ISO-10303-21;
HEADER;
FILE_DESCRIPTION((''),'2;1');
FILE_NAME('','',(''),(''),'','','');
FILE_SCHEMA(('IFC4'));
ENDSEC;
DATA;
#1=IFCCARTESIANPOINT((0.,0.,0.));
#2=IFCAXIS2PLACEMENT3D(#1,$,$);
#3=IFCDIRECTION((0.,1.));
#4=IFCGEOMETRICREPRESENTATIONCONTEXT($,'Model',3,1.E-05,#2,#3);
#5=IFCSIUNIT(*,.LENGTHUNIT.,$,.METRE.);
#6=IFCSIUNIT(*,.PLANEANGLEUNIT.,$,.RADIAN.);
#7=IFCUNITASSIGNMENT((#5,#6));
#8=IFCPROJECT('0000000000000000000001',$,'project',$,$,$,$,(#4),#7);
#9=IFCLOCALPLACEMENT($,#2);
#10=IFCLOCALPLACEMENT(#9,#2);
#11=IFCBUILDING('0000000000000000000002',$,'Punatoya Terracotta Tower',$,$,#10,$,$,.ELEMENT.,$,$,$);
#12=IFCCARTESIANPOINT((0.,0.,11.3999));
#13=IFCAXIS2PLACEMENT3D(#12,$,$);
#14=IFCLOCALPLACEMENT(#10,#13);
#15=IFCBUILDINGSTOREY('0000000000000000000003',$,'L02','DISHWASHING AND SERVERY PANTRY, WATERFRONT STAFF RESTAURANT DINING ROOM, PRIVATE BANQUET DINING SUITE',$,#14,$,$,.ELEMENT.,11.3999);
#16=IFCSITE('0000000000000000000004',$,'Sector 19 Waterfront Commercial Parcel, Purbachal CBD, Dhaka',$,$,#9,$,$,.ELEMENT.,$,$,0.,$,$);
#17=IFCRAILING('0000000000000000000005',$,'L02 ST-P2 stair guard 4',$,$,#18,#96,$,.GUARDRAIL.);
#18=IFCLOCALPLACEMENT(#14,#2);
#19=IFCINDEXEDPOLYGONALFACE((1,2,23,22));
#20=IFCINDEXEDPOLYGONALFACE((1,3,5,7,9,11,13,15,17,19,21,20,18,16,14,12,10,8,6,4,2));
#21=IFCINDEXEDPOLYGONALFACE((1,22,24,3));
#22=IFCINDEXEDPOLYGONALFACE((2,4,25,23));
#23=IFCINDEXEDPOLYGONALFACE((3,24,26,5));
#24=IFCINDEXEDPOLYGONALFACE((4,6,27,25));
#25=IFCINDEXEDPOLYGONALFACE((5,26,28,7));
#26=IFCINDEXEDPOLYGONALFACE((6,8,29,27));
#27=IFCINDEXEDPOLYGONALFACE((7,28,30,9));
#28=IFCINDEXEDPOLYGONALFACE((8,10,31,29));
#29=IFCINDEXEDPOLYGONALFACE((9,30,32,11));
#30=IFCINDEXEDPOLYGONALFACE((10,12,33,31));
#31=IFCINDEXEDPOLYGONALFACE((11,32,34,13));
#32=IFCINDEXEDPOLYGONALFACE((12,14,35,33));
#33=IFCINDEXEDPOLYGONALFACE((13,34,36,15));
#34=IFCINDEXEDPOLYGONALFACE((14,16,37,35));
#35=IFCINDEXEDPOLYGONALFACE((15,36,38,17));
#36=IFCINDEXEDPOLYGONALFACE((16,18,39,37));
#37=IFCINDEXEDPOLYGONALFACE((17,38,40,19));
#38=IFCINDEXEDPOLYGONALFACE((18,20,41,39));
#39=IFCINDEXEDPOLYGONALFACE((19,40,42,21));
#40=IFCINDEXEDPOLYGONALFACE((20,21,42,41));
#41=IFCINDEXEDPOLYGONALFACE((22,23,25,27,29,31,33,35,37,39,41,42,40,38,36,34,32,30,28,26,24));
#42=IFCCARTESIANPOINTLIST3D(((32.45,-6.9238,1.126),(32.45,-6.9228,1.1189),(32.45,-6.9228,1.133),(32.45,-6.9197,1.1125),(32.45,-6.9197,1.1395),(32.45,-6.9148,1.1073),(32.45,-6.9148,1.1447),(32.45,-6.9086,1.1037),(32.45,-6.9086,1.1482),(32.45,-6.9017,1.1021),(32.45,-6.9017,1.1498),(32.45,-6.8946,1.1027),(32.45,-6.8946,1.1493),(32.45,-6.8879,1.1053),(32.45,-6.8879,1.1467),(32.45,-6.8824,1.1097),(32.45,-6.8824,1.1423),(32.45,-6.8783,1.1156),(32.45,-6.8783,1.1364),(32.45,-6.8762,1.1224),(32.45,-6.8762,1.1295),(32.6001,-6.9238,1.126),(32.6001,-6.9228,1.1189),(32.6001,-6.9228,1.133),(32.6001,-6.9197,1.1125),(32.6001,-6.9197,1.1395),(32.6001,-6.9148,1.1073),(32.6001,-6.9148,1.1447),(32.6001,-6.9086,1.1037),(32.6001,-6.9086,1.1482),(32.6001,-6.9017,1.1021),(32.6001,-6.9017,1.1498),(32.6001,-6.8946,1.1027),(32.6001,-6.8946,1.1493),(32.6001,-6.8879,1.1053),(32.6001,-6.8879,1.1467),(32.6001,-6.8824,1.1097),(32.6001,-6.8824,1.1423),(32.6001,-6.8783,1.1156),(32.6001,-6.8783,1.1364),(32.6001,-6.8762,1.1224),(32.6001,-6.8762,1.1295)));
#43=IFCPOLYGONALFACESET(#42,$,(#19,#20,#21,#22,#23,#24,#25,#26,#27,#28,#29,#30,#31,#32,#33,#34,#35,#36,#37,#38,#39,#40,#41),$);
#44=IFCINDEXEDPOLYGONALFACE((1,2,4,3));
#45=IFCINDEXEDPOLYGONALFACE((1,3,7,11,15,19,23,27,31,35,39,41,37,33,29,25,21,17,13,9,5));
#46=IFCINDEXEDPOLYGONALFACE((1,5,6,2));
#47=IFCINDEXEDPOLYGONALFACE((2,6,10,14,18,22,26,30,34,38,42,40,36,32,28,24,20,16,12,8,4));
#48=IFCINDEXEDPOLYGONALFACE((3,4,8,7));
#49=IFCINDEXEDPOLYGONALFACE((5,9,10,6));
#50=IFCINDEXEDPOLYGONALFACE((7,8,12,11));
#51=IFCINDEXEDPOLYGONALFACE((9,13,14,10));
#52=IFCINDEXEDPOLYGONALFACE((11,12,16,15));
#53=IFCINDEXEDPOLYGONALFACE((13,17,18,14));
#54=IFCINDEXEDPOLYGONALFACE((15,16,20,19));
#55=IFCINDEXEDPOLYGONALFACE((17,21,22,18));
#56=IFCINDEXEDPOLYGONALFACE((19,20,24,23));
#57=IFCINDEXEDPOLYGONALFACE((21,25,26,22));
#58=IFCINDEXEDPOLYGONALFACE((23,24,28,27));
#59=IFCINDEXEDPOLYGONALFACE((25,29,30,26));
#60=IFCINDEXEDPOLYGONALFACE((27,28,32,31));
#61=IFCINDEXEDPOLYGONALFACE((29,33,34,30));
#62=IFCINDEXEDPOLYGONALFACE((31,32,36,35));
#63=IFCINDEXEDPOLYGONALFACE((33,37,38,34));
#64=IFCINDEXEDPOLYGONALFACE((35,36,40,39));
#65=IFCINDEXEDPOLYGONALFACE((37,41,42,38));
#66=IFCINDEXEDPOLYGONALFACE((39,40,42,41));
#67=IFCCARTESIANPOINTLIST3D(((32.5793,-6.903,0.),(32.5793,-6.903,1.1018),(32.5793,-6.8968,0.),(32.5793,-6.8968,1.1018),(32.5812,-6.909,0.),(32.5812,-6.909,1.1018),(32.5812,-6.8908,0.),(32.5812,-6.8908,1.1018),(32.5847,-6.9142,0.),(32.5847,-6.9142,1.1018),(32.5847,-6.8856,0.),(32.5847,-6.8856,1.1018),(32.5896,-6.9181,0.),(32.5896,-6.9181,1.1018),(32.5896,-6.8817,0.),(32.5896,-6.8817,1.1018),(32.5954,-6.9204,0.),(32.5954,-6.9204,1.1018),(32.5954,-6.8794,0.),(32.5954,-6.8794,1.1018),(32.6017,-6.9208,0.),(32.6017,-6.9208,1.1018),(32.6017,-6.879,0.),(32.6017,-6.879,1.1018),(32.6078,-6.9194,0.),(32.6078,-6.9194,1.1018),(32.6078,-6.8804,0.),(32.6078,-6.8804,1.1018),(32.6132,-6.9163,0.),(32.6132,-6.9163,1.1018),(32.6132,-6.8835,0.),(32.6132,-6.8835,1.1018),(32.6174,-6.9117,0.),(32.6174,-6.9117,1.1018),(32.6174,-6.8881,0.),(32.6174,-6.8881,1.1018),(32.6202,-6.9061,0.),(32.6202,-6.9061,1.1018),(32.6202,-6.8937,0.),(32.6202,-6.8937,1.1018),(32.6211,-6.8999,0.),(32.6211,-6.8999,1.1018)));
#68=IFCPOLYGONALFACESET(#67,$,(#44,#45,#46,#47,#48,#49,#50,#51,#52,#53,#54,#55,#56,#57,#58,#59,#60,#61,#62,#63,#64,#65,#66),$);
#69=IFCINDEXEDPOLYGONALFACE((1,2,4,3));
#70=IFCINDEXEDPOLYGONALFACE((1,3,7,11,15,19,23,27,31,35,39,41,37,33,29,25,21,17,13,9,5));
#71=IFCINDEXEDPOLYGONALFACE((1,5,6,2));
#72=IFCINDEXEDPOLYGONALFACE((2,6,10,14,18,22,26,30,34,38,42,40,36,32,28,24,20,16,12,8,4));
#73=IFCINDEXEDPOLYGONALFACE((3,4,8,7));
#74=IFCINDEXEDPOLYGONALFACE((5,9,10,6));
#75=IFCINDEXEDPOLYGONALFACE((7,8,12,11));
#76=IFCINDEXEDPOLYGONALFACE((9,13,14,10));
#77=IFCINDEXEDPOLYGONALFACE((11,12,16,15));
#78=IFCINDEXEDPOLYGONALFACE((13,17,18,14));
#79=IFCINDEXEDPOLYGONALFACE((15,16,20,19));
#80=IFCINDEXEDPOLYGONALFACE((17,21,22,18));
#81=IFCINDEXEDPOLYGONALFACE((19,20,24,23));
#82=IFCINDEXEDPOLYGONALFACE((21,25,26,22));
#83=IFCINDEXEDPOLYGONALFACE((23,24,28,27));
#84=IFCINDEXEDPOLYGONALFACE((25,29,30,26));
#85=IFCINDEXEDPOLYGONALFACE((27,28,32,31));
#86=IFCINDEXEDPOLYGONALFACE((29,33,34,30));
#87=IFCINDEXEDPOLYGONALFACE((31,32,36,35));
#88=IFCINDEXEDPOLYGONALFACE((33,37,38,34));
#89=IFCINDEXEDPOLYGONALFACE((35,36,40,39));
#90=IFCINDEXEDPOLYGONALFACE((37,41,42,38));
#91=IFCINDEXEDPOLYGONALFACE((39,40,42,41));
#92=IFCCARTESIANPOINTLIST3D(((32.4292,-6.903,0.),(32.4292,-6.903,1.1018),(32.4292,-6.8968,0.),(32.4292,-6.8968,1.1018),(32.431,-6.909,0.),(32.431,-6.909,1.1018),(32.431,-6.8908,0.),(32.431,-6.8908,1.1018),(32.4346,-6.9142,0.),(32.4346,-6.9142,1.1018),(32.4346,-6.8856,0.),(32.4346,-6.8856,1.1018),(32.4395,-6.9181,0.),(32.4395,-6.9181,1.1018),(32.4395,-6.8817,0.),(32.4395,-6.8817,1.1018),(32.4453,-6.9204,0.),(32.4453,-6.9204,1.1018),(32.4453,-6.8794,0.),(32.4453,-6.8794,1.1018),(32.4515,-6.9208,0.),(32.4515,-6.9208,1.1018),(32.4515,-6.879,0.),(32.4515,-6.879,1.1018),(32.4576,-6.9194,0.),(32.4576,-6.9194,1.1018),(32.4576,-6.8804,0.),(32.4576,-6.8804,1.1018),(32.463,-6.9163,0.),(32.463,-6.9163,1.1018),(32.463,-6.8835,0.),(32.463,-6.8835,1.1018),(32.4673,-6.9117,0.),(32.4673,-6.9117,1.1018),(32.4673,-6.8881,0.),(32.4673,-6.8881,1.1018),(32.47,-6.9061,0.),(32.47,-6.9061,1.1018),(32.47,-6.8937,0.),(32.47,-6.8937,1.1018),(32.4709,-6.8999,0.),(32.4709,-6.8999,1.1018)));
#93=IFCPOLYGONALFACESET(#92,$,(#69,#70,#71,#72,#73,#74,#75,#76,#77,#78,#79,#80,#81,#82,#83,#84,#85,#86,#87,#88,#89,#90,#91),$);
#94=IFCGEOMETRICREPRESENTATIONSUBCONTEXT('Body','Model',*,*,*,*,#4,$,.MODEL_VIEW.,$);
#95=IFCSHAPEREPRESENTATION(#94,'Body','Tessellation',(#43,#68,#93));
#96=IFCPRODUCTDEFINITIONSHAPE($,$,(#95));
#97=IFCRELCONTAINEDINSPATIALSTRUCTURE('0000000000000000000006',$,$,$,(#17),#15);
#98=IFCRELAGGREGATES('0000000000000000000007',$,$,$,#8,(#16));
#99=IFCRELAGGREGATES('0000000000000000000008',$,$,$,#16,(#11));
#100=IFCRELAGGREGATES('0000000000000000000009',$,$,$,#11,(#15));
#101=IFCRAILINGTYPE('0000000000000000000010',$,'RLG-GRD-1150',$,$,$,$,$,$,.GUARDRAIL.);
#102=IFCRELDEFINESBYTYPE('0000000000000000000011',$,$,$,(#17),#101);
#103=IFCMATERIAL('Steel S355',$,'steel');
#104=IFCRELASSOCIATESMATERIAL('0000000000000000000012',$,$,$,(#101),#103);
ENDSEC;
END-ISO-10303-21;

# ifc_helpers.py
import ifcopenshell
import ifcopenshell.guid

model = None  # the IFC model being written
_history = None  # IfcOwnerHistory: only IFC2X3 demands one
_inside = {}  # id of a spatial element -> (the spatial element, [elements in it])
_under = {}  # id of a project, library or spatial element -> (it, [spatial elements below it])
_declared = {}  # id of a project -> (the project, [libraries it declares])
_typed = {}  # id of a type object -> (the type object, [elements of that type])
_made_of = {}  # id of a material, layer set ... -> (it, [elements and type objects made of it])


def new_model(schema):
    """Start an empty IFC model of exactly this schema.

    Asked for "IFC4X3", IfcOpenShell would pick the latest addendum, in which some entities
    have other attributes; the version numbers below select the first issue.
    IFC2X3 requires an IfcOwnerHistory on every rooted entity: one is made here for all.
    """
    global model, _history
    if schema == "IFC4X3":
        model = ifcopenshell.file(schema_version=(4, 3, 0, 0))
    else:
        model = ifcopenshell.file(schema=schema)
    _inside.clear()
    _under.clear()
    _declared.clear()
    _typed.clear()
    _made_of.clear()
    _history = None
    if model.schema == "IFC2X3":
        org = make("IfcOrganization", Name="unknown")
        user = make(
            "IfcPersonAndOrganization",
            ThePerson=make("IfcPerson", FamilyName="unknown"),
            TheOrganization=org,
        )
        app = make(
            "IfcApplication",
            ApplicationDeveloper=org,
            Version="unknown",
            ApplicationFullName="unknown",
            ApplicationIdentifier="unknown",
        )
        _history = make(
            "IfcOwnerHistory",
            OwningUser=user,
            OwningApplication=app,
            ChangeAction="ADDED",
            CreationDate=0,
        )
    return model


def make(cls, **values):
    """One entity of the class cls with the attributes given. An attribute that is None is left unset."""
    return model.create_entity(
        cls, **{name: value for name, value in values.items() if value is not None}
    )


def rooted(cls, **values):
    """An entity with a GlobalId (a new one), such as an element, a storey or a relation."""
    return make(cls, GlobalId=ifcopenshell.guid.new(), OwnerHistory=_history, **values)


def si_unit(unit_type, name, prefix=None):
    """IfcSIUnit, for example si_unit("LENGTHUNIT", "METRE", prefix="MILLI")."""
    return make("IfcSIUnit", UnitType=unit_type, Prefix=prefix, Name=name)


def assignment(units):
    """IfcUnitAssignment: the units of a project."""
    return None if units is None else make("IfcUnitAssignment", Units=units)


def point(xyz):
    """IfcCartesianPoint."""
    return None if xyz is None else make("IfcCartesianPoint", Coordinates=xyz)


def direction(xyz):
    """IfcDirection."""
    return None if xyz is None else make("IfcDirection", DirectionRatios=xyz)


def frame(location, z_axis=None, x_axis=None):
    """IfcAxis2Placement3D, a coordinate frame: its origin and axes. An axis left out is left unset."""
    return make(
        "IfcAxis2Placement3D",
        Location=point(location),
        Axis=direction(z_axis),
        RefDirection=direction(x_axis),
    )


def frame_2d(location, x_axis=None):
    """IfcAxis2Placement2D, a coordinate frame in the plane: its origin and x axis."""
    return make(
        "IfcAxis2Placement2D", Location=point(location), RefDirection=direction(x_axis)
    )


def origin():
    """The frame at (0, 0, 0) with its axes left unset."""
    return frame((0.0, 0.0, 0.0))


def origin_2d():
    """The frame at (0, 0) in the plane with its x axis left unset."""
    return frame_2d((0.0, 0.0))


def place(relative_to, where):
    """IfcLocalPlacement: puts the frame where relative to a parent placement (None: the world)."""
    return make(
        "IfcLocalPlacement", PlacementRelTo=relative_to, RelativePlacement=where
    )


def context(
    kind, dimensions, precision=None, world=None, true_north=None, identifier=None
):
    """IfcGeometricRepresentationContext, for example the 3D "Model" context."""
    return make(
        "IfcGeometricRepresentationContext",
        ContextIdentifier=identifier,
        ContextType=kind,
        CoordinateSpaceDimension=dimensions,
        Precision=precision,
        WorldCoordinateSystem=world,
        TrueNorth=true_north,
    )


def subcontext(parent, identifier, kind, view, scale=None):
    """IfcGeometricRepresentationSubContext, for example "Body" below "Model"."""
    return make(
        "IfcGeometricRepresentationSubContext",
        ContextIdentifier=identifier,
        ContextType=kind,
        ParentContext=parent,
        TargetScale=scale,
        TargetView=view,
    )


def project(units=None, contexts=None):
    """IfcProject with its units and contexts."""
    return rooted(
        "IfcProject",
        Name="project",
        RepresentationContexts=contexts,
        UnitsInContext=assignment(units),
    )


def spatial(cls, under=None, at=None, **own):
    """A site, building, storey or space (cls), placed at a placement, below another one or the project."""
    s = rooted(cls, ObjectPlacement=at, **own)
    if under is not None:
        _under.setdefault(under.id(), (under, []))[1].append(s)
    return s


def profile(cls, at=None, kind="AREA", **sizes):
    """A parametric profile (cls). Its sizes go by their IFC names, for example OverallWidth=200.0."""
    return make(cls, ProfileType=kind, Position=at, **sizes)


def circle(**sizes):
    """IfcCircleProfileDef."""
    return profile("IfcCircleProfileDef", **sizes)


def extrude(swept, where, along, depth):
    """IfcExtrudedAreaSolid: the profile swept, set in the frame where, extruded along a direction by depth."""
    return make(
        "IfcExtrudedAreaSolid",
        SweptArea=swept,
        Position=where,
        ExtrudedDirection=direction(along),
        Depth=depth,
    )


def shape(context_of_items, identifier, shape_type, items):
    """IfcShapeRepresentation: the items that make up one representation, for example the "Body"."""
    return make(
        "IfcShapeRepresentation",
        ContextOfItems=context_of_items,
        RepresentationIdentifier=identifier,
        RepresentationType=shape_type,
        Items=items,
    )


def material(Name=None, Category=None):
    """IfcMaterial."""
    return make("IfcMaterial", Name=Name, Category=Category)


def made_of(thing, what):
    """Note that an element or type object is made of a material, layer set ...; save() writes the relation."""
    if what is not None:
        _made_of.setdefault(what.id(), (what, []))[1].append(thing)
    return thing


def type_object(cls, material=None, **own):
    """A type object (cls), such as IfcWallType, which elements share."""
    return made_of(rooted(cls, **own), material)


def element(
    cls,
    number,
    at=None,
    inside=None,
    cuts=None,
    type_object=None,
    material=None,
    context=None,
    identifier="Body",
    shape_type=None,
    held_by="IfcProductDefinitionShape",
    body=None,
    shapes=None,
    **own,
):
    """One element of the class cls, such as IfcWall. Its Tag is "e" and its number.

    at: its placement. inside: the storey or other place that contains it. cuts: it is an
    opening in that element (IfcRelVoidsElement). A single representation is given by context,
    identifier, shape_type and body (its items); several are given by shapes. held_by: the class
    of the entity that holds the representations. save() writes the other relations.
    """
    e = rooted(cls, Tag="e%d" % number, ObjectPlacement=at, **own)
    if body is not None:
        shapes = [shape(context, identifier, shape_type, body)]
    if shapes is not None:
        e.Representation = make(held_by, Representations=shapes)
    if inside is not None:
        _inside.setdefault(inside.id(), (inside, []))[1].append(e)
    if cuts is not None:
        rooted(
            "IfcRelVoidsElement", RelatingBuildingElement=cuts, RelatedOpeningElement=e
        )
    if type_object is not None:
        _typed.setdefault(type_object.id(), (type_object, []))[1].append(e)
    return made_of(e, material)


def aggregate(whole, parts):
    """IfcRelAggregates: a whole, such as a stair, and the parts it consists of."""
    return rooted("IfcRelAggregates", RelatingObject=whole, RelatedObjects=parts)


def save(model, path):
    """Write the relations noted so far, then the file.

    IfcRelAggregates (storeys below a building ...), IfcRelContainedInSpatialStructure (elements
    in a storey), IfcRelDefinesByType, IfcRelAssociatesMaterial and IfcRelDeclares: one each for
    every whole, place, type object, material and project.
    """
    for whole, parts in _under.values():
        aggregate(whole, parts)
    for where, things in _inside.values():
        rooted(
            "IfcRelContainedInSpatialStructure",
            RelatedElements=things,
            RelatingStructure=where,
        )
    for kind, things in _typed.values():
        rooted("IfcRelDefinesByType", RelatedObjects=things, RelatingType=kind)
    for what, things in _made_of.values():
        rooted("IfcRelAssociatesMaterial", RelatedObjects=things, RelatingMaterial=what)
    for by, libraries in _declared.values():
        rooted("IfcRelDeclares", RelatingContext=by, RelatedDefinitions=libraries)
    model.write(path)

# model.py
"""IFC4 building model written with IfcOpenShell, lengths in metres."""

from ifc_helpers import new_model, si_unit, direction, frame, origin, origin_2d, place, context, subcontext, project, spatial, circle, extrude, material, type_object, element, save


model = new_model("IFC4")

# Units and contexts
model_context = context("Model", 3, precision=1e-05, world=origin(), true_north=direction((0.0, 1.0)))
body_context = subcontext(model_context, "Body", "Model", "MODEL_VIEW")
ifc_project = project(units=[si_unit("LENGTHUNIT", "METRE"), si_unit("PLANEANGLEUNIT", "RADIAN")], contexts=[model_context])

# Site, building, storey
site_placement = place(None, origin())
site = spatial("IfcSite", under=ifc_project, at=site_placement, Name="Sector 19 Waterfront Commercial Parcel, Purbachal CBD, Dhaka", CompositionType="ELEMENT", RefElevation=0.0)
building_placement = place(site_placement, origin())
building = spatial("IfcBuilding", under=site, at=building_placement, Name="Punatoya Terracotta Tower", CompositionType="ELEMENT")
storey_placement = place(building_placement, frame((0.0, 0.0, 11.3999)))
storey = spatial("IfcBuildingStorey", under=building, at=storey_placement, Name="L02", Description="DISHWASHING AND SERVERY PANTRY, WATERFRONT STAFF RESTAURANT DINING ROOM, PRIVATE BANQUET DINING SUITE", CompositionType="ELEMENT", Elevation=11.3999)

# Shared definitions
ifc_material_1 = material(Name="Steel S355", Category="steel")

# Railing
railing_type_1 = type_object("IfcRailingType", Name="RLG-GRD-1150", PredefinedType="GUARDRAIL", material=ifc_material_1)
railing_1_placement = place(storey_placement, frame((32.6001, -6.8999, 0.0)))
element("IfcRailing", 1, at=railing_1_placement, inside=storey, type_object=railing_type_1, Name="L02 ST-P2 stair guard 4", PredefinedType="GUARDRAIL", context=body_context, shape_type="SweptSolid", body=[
    extrude(circle(Radius=0.0239, at=origin_2d()), frame((0.0, 0.0, 1.126), z_axis=(-1.0, 0.0, 0.0), x_axis=(0.0, -1.0, 0.0)), (0.0, 0.0, 1.0), 0.1501),
    extrude(circle(Radius=0.021, at=origin_2d()), origin(), (0.0, 0.0, 1.0), 1.1018),
    extrude(circle(Radius=0.021, at=origin_2d()), frame((-0.1501, 0.0, 0.0)), (0.0, 0.0, 1.0), 1.1018),
])

save(model, "model.ifc")
